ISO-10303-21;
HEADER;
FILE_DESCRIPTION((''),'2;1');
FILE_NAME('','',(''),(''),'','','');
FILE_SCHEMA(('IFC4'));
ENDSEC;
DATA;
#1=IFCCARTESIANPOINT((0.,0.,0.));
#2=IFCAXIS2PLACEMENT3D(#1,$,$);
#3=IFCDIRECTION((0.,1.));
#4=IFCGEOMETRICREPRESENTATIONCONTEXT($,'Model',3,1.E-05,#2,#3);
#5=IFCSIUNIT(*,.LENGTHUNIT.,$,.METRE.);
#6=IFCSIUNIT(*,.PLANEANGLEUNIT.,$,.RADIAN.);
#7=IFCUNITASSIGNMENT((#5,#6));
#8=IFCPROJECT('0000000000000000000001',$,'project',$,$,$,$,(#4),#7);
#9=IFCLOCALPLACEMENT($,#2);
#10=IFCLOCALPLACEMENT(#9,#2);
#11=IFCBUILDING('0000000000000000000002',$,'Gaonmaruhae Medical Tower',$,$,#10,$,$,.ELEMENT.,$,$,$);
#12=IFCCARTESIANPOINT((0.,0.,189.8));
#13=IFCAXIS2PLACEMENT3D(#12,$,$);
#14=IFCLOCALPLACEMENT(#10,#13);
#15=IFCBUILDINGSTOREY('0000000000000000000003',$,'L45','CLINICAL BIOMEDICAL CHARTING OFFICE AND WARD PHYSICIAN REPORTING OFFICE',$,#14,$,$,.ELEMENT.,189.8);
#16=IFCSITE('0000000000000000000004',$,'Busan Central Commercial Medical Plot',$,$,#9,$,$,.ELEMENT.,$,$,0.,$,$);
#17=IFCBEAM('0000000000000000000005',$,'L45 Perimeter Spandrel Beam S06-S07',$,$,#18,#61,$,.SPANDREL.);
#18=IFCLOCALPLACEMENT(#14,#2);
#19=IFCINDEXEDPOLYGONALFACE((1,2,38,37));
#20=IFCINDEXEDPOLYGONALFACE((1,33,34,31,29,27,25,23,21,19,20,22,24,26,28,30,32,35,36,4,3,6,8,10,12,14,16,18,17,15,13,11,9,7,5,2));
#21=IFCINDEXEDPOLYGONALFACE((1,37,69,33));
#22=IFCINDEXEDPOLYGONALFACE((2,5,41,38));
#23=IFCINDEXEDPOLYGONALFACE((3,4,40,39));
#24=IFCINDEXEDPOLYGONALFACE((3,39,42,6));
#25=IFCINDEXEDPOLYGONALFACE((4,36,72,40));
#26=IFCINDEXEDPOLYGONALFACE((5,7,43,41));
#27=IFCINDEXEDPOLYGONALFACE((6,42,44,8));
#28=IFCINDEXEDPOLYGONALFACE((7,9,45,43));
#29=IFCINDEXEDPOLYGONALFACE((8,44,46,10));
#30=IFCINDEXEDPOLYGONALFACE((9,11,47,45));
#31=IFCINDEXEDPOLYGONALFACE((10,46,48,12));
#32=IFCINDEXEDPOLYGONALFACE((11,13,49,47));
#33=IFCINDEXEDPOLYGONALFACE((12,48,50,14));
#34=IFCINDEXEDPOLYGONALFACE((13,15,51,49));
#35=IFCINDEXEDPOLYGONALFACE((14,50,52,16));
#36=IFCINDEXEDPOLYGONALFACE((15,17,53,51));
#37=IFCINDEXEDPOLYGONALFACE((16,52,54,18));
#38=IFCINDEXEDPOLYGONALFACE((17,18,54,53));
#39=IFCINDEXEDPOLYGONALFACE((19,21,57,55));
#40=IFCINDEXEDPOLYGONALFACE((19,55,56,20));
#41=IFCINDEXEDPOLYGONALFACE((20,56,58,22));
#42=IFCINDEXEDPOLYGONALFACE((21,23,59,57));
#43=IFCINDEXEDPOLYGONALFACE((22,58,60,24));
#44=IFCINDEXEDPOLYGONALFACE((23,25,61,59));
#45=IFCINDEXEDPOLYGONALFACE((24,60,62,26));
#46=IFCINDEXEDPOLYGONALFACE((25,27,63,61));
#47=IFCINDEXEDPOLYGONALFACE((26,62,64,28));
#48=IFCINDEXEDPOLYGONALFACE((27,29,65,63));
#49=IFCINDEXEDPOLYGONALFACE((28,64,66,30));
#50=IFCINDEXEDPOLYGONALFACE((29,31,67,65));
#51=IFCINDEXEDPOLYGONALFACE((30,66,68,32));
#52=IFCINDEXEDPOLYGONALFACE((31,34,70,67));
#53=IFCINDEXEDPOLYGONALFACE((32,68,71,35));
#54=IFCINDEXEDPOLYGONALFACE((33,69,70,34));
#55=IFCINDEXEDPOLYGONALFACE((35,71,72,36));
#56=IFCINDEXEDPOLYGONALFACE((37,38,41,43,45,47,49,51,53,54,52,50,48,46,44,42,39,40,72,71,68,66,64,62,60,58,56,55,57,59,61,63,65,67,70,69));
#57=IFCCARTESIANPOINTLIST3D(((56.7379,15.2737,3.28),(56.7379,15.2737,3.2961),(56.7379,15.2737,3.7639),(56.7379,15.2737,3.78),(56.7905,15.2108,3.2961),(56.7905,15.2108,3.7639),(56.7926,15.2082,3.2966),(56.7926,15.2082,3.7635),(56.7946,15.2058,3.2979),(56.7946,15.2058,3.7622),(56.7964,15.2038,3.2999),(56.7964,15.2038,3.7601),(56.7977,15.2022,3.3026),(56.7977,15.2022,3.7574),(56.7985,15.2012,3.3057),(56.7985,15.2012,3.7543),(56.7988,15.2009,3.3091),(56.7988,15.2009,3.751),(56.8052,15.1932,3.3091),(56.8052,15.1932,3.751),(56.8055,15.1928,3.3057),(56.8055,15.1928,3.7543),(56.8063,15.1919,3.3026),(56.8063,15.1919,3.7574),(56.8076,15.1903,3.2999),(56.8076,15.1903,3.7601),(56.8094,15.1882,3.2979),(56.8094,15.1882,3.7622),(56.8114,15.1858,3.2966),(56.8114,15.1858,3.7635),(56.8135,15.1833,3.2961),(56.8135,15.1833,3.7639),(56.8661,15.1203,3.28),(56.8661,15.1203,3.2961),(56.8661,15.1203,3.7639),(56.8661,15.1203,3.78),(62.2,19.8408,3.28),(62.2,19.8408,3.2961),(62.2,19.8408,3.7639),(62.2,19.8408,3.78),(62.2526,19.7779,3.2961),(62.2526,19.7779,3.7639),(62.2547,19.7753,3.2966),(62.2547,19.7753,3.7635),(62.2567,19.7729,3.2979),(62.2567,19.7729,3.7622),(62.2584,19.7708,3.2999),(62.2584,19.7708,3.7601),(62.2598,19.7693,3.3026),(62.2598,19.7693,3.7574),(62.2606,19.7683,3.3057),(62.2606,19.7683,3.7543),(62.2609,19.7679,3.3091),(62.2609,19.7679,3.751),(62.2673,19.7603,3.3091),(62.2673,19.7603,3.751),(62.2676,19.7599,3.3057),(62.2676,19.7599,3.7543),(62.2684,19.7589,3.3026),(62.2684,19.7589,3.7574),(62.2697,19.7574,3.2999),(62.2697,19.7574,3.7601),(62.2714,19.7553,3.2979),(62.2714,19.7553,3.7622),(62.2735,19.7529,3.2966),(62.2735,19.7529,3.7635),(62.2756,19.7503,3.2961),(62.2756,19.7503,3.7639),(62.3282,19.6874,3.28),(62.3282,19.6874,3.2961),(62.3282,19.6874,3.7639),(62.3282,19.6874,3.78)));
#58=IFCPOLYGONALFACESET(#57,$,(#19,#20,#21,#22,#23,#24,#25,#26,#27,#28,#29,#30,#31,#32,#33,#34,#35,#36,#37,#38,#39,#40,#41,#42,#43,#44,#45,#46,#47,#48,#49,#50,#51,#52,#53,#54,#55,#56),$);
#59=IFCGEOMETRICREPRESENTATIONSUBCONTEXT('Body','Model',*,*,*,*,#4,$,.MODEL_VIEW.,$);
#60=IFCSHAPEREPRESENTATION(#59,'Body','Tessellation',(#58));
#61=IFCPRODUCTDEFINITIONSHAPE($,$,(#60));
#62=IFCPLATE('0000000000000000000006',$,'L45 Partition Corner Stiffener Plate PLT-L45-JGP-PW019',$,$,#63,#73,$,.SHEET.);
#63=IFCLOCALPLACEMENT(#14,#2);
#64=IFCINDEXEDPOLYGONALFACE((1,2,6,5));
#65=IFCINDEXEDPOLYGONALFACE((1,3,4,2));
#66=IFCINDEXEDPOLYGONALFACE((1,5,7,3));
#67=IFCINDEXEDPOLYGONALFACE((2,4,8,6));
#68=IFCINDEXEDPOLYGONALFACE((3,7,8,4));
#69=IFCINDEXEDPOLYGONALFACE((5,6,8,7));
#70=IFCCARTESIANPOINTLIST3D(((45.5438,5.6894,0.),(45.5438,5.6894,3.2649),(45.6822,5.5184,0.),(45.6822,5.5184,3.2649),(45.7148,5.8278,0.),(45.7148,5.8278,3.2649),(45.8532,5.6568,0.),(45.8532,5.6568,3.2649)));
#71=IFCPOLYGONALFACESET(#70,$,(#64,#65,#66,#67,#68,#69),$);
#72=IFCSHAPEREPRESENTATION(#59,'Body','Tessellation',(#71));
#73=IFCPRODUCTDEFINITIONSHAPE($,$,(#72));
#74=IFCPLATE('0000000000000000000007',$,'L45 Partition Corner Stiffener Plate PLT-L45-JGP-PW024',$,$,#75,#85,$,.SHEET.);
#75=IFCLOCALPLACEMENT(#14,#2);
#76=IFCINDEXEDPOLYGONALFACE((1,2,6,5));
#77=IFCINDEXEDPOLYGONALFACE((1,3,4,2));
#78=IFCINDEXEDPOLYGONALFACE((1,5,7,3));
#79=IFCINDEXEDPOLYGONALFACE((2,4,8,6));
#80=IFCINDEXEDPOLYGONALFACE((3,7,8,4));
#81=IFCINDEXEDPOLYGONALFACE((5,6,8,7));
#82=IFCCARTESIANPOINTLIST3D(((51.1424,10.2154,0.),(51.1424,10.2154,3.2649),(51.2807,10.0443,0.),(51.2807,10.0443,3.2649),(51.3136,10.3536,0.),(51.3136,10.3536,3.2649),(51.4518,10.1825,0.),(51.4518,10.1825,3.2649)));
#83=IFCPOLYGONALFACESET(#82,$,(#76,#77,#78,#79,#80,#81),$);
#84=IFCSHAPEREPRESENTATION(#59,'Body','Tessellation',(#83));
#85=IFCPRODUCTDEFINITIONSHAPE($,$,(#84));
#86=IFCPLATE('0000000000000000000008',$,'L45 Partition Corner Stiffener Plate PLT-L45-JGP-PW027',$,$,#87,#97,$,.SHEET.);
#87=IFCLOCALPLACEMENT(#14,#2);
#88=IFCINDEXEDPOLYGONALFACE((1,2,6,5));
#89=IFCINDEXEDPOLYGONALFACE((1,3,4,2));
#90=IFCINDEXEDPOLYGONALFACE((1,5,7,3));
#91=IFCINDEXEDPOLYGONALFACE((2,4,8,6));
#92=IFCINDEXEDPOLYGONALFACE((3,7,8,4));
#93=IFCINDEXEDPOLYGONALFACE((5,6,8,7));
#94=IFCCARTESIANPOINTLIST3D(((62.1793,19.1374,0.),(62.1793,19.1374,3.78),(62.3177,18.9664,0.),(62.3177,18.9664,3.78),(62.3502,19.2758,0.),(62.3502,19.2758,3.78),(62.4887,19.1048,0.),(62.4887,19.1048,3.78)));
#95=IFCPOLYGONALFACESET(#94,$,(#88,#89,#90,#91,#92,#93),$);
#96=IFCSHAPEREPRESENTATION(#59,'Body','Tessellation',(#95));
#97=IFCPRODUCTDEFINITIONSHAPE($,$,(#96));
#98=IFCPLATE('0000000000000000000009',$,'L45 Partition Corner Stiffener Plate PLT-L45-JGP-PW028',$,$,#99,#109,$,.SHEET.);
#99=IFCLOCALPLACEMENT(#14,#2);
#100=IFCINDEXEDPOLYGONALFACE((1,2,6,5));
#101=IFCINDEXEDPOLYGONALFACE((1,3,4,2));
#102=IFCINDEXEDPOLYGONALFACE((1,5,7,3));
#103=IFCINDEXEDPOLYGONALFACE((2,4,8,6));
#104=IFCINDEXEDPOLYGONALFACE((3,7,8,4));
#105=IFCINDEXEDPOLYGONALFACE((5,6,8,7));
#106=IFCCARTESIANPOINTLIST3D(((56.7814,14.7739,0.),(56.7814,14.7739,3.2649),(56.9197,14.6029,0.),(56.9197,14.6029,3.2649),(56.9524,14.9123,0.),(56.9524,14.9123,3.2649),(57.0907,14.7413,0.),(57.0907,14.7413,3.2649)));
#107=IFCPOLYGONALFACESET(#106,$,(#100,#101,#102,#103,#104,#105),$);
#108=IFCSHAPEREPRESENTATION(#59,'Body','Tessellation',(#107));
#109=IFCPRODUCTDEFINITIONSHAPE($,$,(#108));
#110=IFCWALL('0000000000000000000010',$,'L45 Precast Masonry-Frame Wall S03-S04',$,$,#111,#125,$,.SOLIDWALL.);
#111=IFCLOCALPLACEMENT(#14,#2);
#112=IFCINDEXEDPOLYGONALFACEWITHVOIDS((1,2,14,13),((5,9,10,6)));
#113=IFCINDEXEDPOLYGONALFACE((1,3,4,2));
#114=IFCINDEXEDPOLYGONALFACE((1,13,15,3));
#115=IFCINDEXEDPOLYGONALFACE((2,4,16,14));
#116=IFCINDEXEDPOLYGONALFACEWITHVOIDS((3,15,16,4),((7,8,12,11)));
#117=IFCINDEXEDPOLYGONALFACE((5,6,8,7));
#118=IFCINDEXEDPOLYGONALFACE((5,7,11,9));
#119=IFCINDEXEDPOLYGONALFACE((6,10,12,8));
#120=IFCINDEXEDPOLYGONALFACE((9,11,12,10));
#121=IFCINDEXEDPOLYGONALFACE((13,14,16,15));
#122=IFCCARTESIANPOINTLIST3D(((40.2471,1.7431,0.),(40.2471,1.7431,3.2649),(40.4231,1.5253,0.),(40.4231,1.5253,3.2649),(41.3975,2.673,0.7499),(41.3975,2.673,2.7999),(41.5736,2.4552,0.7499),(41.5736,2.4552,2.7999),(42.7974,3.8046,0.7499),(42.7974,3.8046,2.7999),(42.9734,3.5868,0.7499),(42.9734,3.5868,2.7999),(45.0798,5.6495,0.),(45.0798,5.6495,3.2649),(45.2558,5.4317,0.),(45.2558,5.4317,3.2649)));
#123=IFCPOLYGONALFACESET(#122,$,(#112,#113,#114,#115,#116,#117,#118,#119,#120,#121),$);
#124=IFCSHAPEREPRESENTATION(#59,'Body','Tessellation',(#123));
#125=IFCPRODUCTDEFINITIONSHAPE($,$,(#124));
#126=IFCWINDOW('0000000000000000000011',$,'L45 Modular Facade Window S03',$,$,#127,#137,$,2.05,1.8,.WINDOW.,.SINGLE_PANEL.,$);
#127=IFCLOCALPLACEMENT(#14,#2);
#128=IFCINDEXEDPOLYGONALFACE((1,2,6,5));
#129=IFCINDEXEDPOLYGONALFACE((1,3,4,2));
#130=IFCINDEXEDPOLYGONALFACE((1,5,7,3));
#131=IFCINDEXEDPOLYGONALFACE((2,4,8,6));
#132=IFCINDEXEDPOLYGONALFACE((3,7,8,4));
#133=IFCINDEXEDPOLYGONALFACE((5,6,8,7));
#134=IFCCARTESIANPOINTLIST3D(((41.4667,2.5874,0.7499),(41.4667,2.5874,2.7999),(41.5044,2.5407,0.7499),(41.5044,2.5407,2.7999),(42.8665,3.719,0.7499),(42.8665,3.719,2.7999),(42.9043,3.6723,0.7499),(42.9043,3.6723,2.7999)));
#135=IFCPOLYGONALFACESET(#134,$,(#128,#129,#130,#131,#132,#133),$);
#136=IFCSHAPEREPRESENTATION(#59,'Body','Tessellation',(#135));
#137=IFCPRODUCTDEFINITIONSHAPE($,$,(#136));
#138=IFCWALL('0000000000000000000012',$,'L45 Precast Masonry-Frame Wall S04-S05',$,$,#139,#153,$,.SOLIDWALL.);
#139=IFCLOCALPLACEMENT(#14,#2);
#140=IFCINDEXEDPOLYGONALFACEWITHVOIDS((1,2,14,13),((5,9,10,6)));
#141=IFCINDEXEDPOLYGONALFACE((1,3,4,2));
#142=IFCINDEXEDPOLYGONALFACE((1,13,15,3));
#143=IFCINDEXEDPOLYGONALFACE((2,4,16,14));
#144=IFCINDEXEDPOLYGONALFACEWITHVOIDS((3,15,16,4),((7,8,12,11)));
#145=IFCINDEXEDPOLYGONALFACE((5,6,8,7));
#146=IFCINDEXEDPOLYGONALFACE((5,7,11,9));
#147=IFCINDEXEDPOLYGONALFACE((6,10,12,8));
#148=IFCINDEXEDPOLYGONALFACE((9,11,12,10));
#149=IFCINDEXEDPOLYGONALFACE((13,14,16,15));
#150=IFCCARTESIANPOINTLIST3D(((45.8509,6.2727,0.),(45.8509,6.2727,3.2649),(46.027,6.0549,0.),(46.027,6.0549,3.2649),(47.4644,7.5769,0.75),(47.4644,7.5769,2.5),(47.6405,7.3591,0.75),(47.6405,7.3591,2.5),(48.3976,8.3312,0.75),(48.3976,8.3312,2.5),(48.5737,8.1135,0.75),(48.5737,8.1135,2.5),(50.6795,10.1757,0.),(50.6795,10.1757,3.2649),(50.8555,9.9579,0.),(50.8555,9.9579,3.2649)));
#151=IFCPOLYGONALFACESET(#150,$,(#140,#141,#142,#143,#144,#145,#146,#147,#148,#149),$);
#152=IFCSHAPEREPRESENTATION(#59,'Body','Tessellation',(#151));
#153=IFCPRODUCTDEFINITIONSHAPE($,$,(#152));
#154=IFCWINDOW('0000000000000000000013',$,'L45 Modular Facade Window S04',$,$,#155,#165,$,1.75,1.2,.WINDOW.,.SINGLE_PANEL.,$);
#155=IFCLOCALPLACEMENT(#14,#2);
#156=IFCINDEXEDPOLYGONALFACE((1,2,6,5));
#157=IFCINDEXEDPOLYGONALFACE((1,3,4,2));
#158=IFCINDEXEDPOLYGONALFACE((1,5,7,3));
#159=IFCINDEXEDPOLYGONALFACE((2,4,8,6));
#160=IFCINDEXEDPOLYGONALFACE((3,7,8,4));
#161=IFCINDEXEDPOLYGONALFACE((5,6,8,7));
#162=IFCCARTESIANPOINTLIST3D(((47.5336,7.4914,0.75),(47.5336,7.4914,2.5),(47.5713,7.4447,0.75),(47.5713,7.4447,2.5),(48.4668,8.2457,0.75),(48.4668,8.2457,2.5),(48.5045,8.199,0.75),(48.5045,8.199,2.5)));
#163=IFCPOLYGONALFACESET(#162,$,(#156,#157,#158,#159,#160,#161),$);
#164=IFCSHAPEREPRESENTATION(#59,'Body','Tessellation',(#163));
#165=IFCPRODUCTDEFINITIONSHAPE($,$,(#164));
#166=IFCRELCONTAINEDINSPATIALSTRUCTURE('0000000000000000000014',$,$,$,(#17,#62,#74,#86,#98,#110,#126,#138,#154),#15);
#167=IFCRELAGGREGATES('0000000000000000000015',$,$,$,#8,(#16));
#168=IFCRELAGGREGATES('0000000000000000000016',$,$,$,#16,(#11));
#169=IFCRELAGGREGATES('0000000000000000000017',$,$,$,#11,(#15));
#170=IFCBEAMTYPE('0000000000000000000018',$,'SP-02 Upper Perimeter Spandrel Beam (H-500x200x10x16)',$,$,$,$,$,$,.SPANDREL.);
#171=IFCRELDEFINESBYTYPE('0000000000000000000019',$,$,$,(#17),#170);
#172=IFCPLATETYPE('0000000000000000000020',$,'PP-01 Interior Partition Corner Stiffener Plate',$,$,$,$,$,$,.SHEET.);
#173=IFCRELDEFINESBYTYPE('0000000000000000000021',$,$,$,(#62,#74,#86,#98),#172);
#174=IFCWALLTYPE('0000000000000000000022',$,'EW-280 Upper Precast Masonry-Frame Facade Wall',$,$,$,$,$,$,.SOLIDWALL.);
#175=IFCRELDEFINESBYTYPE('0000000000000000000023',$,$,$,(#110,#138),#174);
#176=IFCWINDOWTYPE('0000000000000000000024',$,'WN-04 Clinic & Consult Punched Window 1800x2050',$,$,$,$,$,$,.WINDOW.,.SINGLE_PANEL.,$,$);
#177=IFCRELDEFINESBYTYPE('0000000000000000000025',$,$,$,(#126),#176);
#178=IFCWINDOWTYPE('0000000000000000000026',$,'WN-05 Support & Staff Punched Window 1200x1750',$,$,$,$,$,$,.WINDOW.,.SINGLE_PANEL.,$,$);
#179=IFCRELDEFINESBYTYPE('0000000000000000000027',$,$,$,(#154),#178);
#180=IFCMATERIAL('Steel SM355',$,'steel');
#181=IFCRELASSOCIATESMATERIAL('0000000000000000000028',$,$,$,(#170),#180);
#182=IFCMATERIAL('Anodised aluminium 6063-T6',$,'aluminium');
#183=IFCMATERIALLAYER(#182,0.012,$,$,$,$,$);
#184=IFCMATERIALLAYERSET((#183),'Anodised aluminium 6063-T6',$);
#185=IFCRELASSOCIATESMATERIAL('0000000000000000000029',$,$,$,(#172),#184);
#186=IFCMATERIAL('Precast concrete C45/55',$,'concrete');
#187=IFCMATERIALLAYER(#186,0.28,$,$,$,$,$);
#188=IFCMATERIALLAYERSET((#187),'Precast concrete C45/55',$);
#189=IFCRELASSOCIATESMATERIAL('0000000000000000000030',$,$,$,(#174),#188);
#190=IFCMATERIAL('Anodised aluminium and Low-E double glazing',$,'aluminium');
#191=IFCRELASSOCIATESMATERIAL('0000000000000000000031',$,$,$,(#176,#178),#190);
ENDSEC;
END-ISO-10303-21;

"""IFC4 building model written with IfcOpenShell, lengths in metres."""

from ifc_helpers import new_model, si_unit, direction, frame, frame_2d, origin, origin_2d, place, context, subcontext, project, spatial, rectangle, i_section, extrude, material, layer, layer_set, material_profile, profile_set, type_object, element, fill, save


model = new_model("IFC4")

# Units and contexts
model_context = context("Model", 3, precision=1e-05, world=origin(), true_north=direction((0.0, 1.0)))
body_context = subcontext(model_context, "Body", "Model", "MODEL_VIEW")
ifc_project = project(units=[si_unit("LENGTHUNIT", "METRE"), si_unit("PLANEANGLEUNIT", "RADIAN")], contexts=[model_context])

# Site, building, storey
site_placement = place(None, origin())
site = spatial("IfcSite", under=ifc_project, at=site_placement, Name="Busan Central Commercial Medical Plot", CompositionType="ELEMENT", RefElevation=0.0)
building_placement = place(site_placement, origin())
building = spatial("IfcBuilding", under=site, at=building_placement, Name="Gaonmaruhae Medical Tower", CompositionType="ELEMENT")
storey_placement = place(building_placement, frame((0.0, 0.0, 189.8)))
storey = spatial("IfcBuildingStorey", under=building, at=storey_placement, Name="L45", Description="CLINICAL BIOMEDICAL CHARTING OFFICE AND WARD PHYSICIAN REPORTING OFFICE", CompositionType="ELEMENT", Elevation=189.8)

# Beam
ifc_material_1 = material(Name="Steel SM355", Category="steel")
ifc_material_profile_1 = material_profile(ifc_material_1, i_section(OverallWidth=0.2, OverallDepth=0.5, WebThickness=0.01, FlangeThickness=0.0161, FilletRadius=0.0129, at=origin_2d()), Name="H-500x200x10x16")
ifc_profile_set_1 = profile_set([ifc_material_profile_1], Name="Steel SM355")
beam_type_1 = type_object("IfcBeamType", Name="SP-02 Upper Perimeter Spandrel Beam (H-500x200x10x16)", PredefinedType="SPANDREL", material=ifc_profile_set_1)
for number, where, z_axis, x_axis, name in (
    (1, (56.802, 15.197, 3.53), (0.767161, 0.641455, 0.0), (-0.641455, 0.767161, 0.0), "L45 Perimeter Spandrel Beam S06-S07"),
):
    element("IfcBeam", number, at=place(storey_placement, frame(where, z_axis=z_axis, x_axis=x_axis)), inside=storey, type_object=beam_type_1, Name=name, PredefinedType="SPANDREL", context=body_context, shape_type="SweptSolid", body=[
        extrude(i_section(OverallWidth=0.2, OverallDepth=0.5, WebThickness=0.01, FlangeThickness=0.0161, FilletRadius=0.0129, at=origin_2d()), origin(), (0.0, 0.0, 1.0), 7.1199),
    ])

# Plates
ifc_material_2 = material(Name="Anodised aluminium 6063-T6", Category="aluminium")
ifc_layer_1 = layer(ifc_material_2, 0.012)
ifc_layer_set_1 = layer_set([ifc_layer_1], Name="Anodised aluminium 6063-T6")
plate_type = type_object("IfcPlateType", Name="PP-01 Interior Partition Corner Stiffener Plate", PredefinedType="SHEET", material=ifc_layer_set_1)
for number, where, z_axis, x_axis, name in (
    (2, (45.6985, 5.6731, 0.0), (0.0, 0.0, 1.0), (-0.777311, -0.629117, 0.0), "L45 Partition Corner Stiffener Plate PLT-L45-JGP-PW019"),
    (3, (51.2971, 10.199, 0.0), (0.0, 0.0, 1.0), (-0.777903, -0.628384, 0.0), "L45 Partition Corner Stiffener Plate PLT-L45-JGP-PW024"),
):
    element("IfcPlate", number, at=place(storey_placement, frame(where, z_axis=z_axis, x_axis=x_axis)), inside=storey, type_object=plate_type, Name=name, PredefinedType="SHEET", context=body_context, shape_type="SweptSolid", body=[
        extrude(rectangle(XDim=0.22, YDim=0.22, at=origin_2d()), origin(), (0.0, 0.0, 1.0), 3.2649),
    ])
plate_1_placement = place(storey_placement, frame((62.334, 19.1211, 0.0), z_axis=(0.0, 0.0, 1.0), x_axis=(-0.777157, -0.629307, 0.0)))
element("IfcPlate", 4, at=plate_1_placement, inside=storey, type_object=plate_type, Name="L45 Partition Corner Stiffener Plate PLT-L45-JGP-PW027", PredefinedType="SHEET", context=body_context, shape_type="SweptSolid", body=[
    extrude(rectangle(XDim=0.22, YDim=0.22, at=origin_2d()), origin(), (0.0, 0.0, 1.0), 3.78),
])
plate_2_placement = place(storey_placement, frame((56.936, 14.7576, 0.0), z_axis=(0.0, 0.0, 1.0), x_axis=(-0.777377, -0.629036, 0.0)))
element("IfcPlate", 5, at=plate_2_placement, inside=storey, type_object=plate_type, Name="L45 Partition Corner Stiffener Plate PLT-L45-JGP-PW028", PredefinedType="SHEET", context=body_context, shape_type="SweptSolid", body=[
    extrude(rectangle(XDim=0.22, YDim=0.22, at=origin_2d()), origin(), (0.0, 0.0, 1.0), 3.2649),
])

# Walls, openings, windows
ifc_material_3 = material(Name="Precast concrete C45/55", Category="concrete")
ifc_layer_2 = layer(ifc_material_3, 0.28)
ifc_layer_set_2 = layer_set([ifc_layer_2], Name="Precast concrete C45/55")
wall_type_1 = type_object("IfcWallType", Name="EW-280 Upper Precast Masonry-Frame Facade Wall", PredefinedType="SOLIDWALL", material=ifc_layer_set_2)
wall_1_placement = place(storey_placement, frame((45.1677, 5.5405, 0.0), z_axis=(0.0, 0.0, 1.0), x_axis=(-0.777697, -0.62864, 0.0)))
wall_1 = element("IfcWall", 6, at=wall_1_placement, inside=storey, type_object=wall_type_1, Name="L45 Precast Masonry-Frame Wall S03-S04", PredefinedType="SOLIDWALL", context=body_context, shape_type="SweptSolid", body=[
    extrude(rectangle(XDim=6.2141, YDim=0.28, at=frame_2d((3.1069, 0.0))), origin(), (0.0, 0.0, 1.0), 3.2649),
])
opening_1_placement = place(wall_1_placement, frame((2.9348, 0.0, 0.75)))
opening_1 = element("IfcOpeningElement", 7, at=opening_1_placement, cuts=wall_1, PredefinedType="OPENING", context=body_context, shape_type="SweptSolid", body=[
    extrude(rectangle(XDim=1.8, YDim=2.05, at=frame_2d((0.8999, 1.0249))), frame((0.0, 0.1499, 0.0), z_axis=(0.0, -1.0, 0.0), x_axis=(1.0, 0.0, 0.0)), (0.0, 0.0, 1.0), 0.3),
])
ifc_material_4 = material(Name="Anodised aluminium and Low-E double glazing", Category="aluminium")
window_type_1 = type_object("IfcWindowType", Name="WN-04 Clinic & Consult Punched Window 1800x2050", PartitioningType="SINGLE_PANEL", PredefinedType="WINDOW", material=ifc_material_4)
window_1_placement = place(opening_1_placement, origin())
window_1 = element("IfcWindow", 8, at=window_1_placement, inside=storey, type_object=window_type_1, Name="L45 Modular Facade Window S03", OverallHeight=2.05, OverallWidth=1.8, PartitioningType="SINGLE_PANEL", PredefinedType="WINDOW", context=body_context, shape_type="SweptSolid", body=[
    extrude(rectangle(XDim=1.8, YDim=2.05, at=frame_2d((0.8999, 1.0249))), frame((0.0, 0.03, 0.0), z_axis=(0.0, -1.0, 0.0), x_axis=(1.0, 0.0, 0.0)), (0.0, 0.0, 1.0), 0.0601),
])
fill(opening_1, window_1)
wall_2_placement = place(storey_placement, frame((50.7676, 10.0669, 0.0), z_axis=(0.0, 0.0, 1.0), x_axis=(-0.777702, -0.628634, 0.0)))
wall_2 = element("IfcWall", 9, at=wall_2_placement, inside=storey, type_object=wall_type_1, Name="L45 Precast Masonry-Frame Wall S04-S05", PredefinedType="SOLIDWALL", context=body_context, shape_type="SweptSolid", body=[
    extrude(rectangle(XDim=6.2087, YDim=0.28, at=frame_2d((3.1045, 0.0))), origin(), (0.0, 0.0, 1.0), 3.2649),
])
opening_2_placement = place(wall_2_placement, frame((2.9341, 0.0, 0.75)))
opening_2 = element("IfcOpeningElement", 10, at=opening_2_placement, cuts=wall_2, PredefinedType="OPENING", context=body_context, shape_type="SweptSolid", body=[
    extrude(rectangle(XDim=1.2, YDim=1.75, at=frame_2d((0.6001, 0.875))), frame((0.0, 0.1499, 0.0), z_axis=(0.0, -1.0, 0.0), x_axis=(1.0, 0.0, 0.0)), (0.0, 0.0, 1.0), 0.3),
])
window_type_2 = type_object("IfcWindowType", Name="WN-05 Support & Staff Punched Window 1200x1750", PartitioningType="SINGLE_PANEL", PredefinedType="WINDOW", material=ifc_material_4)
window_2_placement = place(opening_2_placement, origin())
window_2 = element("IfcWindow", 11, at=window_2_placement, inside=storey, type_object=window_type_2, Name="L45 Modular Facade Window S04", OverallHeight=1.75, OverallWidth=1.2, PartitioningType="SINGLE_PANEL", PredefinedType="WINDOW", context=body_context, shape_type="SweptSolid", body=[
    extrude(rectangle(XDim=1.2, YDim=1.75, at=frame_2d((0.6001, 0.875))), frame((0.0, 0.03, 0.0), z_axis=(0.0, -1.0, 0.0), x_axis=(1.0, 0.0, 0.0)), (0.0, 0.0, 1.0), 0.0601),
])
fill(opening_2, window_2)

save(model, "model.ifc")
